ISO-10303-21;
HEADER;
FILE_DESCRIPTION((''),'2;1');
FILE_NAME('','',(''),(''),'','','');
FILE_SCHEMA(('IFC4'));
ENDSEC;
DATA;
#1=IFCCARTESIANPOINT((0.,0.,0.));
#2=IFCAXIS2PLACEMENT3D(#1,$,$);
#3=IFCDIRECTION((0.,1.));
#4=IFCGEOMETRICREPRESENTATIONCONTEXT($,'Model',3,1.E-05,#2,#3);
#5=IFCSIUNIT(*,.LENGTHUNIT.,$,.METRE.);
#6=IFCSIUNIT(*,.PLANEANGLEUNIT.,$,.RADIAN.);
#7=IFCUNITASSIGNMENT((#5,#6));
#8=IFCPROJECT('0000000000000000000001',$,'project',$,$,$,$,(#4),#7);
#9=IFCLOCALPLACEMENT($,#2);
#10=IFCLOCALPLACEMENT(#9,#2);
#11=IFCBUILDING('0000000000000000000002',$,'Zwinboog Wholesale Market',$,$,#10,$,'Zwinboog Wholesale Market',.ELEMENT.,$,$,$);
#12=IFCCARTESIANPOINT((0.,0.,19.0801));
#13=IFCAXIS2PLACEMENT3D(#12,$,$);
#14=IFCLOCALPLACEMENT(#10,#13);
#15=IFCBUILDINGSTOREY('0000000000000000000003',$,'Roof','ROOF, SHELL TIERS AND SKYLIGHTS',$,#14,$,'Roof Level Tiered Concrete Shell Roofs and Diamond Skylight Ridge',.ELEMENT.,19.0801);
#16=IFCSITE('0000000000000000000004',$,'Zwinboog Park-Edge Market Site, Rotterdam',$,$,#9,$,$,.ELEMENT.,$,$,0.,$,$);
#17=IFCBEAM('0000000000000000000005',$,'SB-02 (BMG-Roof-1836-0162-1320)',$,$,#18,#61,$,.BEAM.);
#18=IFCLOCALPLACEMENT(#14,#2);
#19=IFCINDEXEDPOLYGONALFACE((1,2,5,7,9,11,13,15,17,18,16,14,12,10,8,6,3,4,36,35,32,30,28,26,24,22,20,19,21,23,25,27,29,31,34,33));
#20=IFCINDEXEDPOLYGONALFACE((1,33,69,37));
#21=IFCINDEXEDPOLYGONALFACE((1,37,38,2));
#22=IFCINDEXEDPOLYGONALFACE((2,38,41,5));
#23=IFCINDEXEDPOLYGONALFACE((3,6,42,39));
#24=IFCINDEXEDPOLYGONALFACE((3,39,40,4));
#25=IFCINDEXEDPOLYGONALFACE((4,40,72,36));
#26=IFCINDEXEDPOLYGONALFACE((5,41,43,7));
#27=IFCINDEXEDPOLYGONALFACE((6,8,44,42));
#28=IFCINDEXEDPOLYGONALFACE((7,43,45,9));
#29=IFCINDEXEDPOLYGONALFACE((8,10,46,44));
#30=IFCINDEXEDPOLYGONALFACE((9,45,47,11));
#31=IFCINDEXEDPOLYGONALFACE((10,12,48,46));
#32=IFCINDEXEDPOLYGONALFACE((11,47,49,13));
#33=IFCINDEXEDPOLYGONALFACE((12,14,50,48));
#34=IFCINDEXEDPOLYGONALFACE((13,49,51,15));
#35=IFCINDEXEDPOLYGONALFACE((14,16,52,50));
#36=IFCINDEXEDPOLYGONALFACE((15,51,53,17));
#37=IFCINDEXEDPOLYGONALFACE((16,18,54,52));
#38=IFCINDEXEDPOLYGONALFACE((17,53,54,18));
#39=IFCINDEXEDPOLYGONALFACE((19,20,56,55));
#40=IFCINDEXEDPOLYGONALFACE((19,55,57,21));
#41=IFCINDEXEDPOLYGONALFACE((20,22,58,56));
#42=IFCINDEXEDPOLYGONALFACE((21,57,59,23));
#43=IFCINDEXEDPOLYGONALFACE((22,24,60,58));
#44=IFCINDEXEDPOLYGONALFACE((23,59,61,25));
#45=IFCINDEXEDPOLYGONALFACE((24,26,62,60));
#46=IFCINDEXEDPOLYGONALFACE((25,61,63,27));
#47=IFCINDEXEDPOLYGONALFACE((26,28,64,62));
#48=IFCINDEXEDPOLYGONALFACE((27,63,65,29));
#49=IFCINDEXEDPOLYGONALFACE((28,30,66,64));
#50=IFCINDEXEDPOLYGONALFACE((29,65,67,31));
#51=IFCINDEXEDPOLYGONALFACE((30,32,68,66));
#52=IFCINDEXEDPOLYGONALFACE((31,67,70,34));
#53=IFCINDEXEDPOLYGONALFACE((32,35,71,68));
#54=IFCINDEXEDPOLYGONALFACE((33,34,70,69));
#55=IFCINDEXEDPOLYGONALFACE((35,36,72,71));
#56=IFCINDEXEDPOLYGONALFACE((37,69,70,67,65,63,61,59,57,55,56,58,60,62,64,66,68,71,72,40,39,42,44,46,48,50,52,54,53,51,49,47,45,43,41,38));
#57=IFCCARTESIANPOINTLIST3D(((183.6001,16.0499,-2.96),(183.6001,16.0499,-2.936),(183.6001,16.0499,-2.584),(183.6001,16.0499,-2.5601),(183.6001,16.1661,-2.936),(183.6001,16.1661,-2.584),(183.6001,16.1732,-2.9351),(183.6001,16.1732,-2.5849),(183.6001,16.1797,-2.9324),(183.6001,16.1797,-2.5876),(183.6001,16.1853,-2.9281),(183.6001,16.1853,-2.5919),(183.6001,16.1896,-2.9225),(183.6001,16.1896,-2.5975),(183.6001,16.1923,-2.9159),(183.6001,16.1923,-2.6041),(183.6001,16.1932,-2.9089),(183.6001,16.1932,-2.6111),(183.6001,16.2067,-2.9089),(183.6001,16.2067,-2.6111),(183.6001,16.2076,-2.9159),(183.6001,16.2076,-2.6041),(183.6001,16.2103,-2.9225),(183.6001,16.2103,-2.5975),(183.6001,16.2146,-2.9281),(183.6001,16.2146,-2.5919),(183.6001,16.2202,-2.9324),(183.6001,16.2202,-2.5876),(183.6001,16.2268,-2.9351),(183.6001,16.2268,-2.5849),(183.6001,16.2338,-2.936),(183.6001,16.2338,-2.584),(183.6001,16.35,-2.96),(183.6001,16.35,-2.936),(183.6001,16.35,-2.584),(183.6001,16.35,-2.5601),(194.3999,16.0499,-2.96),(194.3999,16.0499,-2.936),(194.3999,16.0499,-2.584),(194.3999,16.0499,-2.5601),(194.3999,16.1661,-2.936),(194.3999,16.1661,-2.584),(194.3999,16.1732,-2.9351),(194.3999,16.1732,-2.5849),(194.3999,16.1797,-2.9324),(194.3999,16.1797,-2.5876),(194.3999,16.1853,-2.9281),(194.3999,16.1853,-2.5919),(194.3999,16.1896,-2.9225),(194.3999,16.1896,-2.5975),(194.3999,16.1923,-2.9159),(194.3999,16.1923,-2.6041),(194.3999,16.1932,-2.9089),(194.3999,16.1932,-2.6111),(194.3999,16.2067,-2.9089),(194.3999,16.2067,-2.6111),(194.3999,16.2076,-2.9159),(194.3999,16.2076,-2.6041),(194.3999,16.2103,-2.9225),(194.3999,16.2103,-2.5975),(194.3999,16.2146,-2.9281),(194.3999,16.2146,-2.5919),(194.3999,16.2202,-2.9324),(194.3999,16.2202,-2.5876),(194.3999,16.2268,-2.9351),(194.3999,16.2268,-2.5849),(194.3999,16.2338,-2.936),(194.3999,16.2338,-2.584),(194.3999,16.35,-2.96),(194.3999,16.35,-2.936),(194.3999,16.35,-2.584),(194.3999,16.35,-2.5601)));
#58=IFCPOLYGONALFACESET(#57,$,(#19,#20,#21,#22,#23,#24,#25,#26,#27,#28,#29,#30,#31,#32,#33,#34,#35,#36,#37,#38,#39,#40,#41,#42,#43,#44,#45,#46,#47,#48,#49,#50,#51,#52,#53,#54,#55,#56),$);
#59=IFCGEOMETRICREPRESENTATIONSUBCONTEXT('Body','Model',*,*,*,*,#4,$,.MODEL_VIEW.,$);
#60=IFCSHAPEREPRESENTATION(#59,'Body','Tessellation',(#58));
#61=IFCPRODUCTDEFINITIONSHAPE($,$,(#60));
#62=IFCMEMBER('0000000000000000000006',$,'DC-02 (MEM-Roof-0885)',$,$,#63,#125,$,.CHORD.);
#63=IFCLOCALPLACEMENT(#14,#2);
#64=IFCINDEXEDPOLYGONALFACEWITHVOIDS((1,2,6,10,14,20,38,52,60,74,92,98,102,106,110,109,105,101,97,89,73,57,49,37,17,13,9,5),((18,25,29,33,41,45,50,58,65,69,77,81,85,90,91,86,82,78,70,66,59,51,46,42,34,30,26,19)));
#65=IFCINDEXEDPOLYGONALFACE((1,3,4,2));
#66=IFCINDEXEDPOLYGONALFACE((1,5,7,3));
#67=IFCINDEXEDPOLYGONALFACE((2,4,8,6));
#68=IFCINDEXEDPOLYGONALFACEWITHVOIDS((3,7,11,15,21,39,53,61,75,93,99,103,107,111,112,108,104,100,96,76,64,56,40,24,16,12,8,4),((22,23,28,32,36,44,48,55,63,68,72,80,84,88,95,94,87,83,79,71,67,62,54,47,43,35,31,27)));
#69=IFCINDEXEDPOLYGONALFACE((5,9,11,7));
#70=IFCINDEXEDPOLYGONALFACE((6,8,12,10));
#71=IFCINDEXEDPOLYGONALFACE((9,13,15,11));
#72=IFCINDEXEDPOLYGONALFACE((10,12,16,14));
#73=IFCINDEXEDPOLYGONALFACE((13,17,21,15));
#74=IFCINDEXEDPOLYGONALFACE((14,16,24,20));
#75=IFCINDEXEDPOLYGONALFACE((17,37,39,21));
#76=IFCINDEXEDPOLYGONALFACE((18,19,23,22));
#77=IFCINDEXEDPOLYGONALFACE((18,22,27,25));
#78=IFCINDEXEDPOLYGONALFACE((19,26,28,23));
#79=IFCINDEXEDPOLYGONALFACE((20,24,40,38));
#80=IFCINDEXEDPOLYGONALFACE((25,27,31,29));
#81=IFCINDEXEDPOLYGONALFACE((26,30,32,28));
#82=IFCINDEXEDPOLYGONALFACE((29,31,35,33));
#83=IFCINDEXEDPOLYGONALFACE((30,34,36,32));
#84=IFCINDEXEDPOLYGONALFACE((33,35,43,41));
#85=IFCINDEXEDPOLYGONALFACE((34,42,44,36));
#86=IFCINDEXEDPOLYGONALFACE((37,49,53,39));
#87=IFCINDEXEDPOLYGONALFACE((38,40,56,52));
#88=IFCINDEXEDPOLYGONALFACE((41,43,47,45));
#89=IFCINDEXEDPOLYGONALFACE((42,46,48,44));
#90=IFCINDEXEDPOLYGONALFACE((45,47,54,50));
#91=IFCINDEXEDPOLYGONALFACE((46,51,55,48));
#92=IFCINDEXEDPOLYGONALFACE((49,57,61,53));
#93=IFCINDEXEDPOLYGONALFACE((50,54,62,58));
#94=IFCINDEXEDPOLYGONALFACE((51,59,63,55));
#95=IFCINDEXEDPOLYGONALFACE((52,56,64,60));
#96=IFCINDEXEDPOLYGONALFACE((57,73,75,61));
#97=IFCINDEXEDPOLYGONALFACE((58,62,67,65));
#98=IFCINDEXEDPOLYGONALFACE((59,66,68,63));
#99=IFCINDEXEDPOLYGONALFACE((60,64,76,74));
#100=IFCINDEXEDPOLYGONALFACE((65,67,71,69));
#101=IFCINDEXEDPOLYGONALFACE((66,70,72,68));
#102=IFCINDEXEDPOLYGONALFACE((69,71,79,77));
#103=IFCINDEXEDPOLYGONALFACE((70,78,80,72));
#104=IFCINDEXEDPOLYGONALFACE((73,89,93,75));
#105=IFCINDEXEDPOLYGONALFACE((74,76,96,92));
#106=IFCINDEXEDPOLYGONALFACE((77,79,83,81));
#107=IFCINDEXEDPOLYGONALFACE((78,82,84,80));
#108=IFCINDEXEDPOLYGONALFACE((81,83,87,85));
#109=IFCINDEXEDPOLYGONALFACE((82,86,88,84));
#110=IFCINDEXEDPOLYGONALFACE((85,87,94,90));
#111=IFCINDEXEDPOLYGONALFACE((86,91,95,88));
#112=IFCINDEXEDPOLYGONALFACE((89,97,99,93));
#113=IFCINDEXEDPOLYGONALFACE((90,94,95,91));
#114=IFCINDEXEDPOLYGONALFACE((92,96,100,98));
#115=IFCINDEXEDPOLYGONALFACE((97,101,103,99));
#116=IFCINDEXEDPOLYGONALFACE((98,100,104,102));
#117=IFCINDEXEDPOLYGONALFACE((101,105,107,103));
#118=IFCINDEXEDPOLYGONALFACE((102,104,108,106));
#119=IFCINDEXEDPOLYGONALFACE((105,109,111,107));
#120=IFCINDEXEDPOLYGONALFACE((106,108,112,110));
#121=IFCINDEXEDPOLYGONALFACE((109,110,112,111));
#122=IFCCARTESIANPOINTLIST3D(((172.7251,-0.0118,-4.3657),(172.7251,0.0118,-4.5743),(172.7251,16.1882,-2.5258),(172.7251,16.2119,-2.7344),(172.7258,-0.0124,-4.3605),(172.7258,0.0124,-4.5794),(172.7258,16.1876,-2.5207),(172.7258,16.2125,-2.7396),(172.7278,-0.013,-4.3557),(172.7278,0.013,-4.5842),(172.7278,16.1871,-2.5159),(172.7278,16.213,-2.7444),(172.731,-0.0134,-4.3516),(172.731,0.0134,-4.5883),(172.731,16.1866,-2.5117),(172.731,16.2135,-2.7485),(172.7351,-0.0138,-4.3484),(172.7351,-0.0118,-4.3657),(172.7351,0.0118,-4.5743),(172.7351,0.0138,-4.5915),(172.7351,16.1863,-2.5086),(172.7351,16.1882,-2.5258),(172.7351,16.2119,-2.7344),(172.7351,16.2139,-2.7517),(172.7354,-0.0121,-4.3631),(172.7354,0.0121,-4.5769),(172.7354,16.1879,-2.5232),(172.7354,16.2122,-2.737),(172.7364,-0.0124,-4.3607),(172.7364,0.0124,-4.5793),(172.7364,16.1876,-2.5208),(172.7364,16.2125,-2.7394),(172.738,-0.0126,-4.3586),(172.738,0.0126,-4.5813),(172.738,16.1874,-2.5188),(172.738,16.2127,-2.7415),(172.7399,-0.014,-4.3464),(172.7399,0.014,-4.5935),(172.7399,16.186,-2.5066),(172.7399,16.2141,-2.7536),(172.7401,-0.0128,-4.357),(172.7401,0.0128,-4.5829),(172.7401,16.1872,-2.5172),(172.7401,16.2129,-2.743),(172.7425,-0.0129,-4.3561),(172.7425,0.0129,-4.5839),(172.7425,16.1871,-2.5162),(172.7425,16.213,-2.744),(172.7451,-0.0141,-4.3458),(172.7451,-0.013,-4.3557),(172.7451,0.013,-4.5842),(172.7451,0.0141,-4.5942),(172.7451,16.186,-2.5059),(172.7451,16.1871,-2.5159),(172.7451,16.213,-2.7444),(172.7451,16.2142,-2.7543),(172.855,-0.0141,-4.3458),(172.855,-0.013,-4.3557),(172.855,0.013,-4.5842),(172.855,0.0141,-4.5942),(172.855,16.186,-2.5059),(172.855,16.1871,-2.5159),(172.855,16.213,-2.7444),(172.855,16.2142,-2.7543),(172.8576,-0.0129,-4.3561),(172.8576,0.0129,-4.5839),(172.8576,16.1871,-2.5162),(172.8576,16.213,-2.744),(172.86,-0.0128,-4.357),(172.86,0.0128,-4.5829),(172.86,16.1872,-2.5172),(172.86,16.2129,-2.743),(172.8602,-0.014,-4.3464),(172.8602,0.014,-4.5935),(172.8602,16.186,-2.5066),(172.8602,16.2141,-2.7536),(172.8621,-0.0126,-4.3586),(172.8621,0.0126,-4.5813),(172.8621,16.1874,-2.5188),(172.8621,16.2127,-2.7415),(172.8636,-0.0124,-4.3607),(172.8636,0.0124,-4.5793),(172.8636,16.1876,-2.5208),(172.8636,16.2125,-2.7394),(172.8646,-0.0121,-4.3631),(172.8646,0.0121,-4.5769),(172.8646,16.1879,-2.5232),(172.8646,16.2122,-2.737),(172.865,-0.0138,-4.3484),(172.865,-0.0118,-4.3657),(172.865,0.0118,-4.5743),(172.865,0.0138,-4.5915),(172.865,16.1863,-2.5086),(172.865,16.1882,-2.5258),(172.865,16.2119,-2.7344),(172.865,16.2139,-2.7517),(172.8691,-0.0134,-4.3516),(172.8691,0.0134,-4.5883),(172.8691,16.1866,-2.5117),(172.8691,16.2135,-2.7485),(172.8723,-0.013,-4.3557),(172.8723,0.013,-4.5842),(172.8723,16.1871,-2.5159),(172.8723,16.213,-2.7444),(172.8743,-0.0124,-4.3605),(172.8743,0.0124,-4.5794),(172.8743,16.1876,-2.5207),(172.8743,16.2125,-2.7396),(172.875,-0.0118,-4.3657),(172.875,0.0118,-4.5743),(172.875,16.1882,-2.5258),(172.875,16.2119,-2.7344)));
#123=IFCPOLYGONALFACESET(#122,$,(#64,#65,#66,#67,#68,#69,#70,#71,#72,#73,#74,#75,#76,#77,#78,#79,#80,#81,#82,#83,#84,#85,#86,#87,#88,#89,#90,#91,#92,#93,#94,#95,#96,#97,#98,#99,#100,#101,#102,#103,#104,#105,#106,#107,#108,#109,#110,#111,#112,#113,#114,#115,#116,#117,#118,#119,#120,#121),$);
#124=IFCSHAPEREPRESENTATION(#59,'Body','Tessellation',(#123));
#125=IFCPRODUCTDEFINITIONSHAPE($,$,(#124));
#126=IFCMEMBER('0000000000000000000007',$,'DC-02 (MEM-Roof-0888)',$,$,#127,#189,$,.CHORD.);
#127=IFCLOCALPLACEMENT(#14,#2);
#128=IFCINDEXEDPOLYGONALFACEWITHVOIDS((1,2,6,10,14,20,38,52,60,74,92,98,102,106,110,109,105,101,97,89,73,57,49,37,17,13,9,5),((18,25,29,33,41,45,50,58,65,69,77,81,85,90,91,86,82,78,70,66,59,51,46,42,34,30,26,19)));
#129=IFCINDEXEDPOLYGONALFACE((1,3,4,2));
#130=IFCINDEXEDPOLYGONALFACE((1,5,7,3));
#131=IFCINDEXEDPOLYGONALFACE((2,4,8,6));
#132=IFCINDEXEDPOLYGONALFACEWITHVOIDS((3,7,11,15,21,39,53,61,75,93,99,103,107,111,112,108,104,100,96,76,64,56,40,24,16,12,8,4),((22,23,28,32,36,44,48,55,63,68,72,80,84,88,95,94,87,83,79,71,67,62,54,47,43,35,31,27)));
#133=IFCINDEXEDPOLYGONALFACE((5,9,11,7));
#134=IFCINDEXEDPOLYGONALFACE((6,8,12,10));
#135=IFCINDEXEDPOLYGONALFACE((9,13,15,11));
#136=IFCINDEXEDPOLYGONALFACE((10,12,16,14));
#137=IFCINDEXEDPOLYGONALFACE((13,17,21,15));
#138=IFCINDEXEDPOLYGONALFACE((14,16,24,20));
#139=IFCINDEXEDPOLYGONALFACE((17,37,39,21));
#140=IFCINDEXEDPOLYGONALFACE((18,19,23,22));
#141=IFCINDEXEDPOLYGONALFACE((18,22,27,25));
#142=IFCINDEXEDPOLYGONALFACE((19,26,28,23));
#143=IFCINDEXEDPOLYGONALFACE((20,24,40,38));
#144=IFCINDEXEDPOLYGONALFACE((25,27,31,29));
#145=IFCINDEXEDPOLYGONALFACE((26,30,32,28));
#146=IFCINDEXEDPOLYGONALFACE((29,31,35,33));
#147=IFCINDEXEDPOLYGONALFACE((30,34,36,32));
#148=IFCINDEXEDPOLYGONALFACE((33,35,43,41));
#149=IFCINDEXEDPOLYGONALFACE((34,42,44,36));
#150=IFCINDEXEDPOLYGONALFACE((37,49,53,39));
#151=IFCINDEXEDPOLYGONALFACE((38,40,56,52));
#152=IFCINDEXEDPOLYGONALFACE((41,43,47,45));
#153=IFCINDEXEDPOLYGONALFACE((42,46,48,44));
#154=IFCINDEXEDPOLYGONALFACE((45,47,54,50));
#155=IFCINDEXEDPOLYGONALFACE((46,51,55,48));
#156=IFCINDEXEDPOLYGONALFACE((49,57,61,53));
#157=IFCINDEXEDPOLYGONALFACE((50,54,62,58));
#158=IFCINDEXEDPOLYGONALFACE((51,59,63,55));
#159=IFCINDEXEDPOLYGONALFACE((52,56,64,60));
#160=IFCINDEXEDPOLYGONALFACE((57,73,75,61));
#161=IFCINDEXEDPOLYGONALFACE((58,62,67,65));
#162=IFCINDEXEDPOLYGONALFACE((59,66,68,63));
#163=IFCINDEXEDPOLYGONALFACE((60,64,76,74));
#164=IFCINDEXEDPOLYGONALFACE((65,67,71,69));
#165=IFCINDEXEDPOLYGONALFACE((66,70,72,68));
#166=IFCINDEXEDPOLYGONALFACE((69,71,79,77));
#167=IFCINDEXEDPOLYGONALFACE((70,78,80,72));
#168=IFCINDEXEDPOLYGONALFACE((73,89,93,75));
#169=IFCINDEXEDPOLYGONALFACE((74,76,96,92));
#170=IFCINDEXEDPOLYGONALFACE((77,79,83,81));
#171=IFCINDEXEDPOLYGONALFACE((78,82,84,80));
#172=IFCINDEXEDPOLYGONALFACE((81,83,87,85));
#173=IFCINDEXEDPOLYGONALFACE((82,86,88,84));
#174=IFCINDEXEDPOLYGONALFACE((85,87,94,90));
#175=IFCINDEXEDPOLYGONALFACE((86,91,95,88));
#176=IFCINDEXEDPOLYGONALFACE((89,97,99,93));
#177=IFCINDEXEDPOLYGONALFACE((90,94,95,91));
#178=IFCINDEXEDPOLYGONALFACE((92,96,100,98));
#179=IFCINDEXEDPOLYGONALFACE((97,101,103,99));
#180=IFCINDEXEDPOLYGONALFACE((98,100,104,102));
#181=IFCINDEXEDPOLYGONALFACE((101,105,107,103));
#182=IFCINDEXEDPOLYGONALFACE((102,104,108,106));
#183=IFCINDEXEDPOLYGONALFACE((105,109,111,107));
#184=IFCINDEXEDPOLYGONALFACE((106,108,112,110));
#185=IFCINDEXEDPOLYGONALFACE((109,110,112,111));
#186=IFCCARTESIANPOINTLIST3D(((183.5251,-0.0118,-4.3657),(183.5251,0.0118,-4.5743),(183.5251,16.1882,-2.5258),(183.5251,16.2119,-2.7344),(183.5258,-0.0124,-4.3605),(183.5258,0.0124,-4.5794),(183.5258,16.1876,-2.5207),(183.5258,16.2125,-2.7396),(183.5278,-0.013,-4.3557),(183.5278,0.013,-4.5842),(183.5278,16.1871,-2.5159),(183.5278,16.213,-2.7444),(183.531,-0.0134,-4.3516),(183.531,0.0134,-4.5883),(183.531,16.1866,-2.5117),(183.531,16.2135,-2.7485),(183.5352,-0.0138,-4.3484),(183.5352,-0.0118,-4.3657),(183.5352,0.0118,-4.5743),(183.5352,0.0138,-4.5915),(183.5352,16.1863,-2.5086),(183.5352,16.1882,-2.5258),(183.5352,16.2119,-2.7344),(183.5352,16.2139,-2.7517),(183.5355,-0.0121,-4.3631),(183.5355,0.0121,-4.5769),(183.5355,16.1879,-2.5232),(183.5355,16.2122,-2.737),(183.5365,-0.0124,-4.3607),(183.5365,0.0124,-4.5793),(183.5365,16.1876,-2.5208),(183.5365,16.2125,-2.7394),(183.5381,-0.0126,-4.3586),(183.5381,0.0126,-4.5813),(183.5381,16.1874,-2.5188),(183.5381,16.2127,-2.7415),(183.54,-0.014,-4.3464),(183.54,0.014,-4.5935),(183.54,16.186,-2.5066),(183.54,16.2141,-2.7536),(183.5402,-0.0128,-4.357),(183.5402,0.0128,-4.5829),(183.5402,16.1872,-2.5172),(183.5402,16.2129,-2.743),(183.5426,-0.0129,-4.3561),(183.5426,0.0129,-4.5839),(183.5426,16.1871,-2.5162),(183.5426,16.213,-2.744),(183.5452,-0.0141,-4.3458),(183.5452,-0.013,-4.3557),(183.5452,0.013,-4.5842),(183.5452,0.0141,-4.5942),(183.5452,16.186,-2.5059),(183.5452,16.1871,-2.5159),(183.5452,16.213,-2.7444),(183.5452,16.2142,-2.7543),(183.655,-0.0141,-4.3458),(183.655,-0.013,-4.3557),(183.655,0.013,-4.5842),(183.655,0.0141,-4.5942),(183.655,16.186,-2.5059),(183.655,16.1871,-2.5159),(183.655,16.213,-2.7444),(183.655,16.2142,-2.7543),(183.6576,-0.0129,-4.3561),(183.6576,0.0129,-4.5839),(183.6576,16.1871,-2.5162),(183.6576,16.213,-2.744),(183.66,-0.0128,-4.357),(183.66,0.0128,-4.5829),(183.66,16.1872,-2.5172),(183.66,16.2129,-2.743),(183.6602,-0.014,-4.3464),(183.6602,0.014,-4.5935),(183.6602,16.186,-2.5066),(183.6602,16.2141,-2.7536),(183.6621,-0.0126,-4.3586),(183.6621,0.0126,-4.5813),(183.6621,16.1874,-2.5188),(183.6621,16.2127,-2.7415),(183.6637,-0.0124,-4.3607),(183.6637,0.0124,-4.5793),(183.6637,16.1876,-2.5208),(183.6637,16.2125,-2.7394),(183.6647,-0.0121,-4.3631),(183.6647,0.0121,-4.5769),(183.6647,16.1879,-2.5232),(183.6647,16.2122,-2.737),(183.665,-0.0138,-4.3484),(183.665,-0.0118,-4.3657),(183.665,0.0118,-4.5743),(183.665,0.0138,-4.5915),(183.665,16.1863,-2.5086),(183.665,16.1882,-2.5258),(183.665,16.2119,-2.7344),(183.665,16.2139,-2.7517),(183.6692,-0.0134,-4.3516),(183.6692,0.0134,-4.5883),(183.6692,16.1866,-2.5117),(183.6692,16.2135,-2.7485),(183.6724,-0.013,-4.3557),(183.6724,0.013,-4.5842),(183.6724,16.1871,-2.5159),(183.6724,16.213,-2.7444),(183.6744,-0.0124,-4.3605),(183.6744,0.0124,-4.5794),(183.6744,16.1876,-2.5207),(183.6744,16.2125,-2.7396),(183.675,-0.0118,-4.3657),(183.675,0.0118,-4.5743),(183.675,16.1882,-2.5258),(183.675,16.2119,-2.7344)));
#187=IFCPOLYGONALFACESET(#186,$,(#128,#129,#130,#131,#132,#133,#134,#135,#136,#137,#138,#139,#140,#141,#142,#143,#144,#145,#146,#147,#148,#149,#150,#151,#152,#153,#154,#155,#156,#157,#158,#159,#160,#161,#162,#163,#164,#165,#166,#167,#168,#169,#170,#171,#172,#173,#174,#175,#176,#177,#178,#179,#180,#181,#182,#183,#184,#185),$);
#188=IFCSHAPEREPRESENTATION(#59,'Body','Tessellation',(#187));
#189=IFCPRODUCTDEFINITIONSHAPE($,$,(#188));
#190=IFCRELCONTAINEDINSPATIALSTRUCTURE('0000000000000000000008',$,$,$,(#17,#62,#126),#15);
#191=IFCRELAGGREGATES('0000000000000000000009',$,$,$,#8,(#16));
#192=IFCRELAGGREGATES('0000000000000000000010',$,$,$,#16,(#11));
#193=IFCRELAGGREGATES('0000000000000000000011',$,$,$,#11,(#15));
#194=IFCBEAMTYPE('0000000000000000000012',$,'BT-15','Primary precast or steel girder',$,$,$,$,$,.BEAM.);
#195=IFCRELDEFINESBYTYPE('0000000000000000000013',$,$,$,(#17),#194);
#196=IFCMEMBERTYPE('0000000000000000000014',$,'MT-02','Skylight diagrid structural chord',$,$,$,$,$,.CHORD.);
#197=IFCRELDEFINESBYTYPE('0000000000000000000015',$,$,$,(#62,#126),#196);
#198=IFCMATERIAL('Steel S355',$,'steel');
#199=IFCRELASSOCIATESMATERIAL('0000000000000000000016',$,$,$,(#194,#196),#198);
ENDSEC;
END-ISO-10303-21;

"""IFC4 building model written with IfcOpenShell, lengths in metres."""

from ifc_helpers import new_model, si_unit, direction, frame, origin, origin_2d, place, context, subcontext, project, spatial, hollow_rectangle, i_section, extrude, material, material_profile, profile_set, type_object, element, save


model = new_model("IFC4")

# Units and contexts
model_context = context("Model", 3, precision=1e-05, world=origin(), true_north=direction((0.0, 1.0)))
body_context = subcontext(model_context, "Body", "Model", "MODEL_VIEW")
ifc_project = project(units=[si_unit("LENGTHUNIT", "METRE"), si_unit("PLANEANGLEUNIT", "RADIAN")], contexts=[model_context])

# Site, building, storey
site_placement = place(None, origin())
site = spatial("IfcSite", under=ifc_project, at=site_placement, Name="Zwinboog Park-Edge Market Site, Rotterdam", CompositionType="ELEMENT", RefElevation=0.0)
building_placement = place(site_placement, origin())
building = spatial("IfcBuilding", under=site, at=building_placement, Name="Zwinboog Wholesale Market", LongName="Zwinboog Wholesale Market", CompositionType="ELEMENT")
storey_placement = place(building_placement, frame((0.0, 0.0, 19.0801)))
storey = spatial("IfcBuildingStorey", under=building, at=storey_placement, Name="Roof", Description="ROOF, SHELL TIERS AND SKYLIGHTS", LongName="Roof Level Tiered Concrete Shell Roofs and Diamond Skylight Ridge", CompositionType="ELEMENT", Elevation=19.0801)

# Beam
ifc_material_1 = material(Name="Steel S355", Category="steel")
ifc_material_profile_1 = material_profile(ifc_material_1, i_section(OverallWidth=0.3, OverallDepth=0.3999, WebThickness=0.0134, FlangeThickness=0.0239, FilletRadius=0.0271, at=origin_2d()), Name="HEB 400")
ifc_profile_set_1 = profile_set([ifc_material_profile_1], Name="Steel S355")
beam_type_1 = type_object("IfcBeamType", Name="BT-15", Description="Primary precast or steel girder", PredefinedType="BEAM", material=ifc_profile_set_1)
beam_1_placement = place(storey_placement, frame((183.6001, 16.2, -2.76), z_axis=(1.0, 0.0, 0.0), x_axis=(0.0, 1.0, 0.0)))
element("IfcBeam", 1, at=beam_1_placement, inside=storey, type_object=beam_type_1, Name="SB-02 (BMG-Roof-1836-0162-1320)", PredefinedType="BEAM", context=body_context, shape_type="SweptSolid", body=[
    extrude(i_section(OverallWidth=0.3, OverallDepth=0.3999, WebThickness=0.0134, FlangeThickness=0.0239, FilletRadius=0.0271, at=origin_2d()), origin(), (0.0, 0.0, 1.0), 10.7998),
])

# Members
ifc_material_profile_2 = material_profile(ifc_material_1, hollow_rectangle(XDim=0.1499, YDim=0.25, WallThickness=0.01, InnerFilletRadius=0.01, OuterFilletRadius=0.02, at=origin_2d()), Name="RHS 250x150x10")
ifc_profile_set_2 = profile_set([ifc_material_profile_2], Name="Steel S355")
member_type_1 = type_object("IfcMemberType", Name="MT-02", Description="Skylight diagrid structural chord", PredefinedType="CHORD", material=ifc_profile_set_2)
for number, where, z_axis, x_axis, name in (
    (2, (172.8, 0.0, -4.47), (0.0, 0.993613, 0.112846), (-1.0, 0.0, 0.0), "DC-02 (MEM-Roof-0885)"),
    (3, (183.6001, 0.0, -4.47), (0.0, 0.993613, 0.112846), (-1.0, 0.0, 0.0), "DC-02 (MEM-Roof-0888)"),
):
    element("IfcMember", number, at=place(storey_placement, frame(where, z_axis=z_axis, x_axis=x_axis)), inside=storey, type_object=member_type_1, Name=name, PredefinedType="CHORD", context=body_context, shape_type="SweptSolid", body=[
        extrude(hollow_rectangle(XDim=0.1499, YDim=0.25, WallThickness=0.01, InnerFilletRadius=0.01, OuterFilletRadius=0.02, at=origin_2d()), origin(), (0.0, 0.0, 1.0), 16.3042),
    ])

save(model, "model.ifc")
